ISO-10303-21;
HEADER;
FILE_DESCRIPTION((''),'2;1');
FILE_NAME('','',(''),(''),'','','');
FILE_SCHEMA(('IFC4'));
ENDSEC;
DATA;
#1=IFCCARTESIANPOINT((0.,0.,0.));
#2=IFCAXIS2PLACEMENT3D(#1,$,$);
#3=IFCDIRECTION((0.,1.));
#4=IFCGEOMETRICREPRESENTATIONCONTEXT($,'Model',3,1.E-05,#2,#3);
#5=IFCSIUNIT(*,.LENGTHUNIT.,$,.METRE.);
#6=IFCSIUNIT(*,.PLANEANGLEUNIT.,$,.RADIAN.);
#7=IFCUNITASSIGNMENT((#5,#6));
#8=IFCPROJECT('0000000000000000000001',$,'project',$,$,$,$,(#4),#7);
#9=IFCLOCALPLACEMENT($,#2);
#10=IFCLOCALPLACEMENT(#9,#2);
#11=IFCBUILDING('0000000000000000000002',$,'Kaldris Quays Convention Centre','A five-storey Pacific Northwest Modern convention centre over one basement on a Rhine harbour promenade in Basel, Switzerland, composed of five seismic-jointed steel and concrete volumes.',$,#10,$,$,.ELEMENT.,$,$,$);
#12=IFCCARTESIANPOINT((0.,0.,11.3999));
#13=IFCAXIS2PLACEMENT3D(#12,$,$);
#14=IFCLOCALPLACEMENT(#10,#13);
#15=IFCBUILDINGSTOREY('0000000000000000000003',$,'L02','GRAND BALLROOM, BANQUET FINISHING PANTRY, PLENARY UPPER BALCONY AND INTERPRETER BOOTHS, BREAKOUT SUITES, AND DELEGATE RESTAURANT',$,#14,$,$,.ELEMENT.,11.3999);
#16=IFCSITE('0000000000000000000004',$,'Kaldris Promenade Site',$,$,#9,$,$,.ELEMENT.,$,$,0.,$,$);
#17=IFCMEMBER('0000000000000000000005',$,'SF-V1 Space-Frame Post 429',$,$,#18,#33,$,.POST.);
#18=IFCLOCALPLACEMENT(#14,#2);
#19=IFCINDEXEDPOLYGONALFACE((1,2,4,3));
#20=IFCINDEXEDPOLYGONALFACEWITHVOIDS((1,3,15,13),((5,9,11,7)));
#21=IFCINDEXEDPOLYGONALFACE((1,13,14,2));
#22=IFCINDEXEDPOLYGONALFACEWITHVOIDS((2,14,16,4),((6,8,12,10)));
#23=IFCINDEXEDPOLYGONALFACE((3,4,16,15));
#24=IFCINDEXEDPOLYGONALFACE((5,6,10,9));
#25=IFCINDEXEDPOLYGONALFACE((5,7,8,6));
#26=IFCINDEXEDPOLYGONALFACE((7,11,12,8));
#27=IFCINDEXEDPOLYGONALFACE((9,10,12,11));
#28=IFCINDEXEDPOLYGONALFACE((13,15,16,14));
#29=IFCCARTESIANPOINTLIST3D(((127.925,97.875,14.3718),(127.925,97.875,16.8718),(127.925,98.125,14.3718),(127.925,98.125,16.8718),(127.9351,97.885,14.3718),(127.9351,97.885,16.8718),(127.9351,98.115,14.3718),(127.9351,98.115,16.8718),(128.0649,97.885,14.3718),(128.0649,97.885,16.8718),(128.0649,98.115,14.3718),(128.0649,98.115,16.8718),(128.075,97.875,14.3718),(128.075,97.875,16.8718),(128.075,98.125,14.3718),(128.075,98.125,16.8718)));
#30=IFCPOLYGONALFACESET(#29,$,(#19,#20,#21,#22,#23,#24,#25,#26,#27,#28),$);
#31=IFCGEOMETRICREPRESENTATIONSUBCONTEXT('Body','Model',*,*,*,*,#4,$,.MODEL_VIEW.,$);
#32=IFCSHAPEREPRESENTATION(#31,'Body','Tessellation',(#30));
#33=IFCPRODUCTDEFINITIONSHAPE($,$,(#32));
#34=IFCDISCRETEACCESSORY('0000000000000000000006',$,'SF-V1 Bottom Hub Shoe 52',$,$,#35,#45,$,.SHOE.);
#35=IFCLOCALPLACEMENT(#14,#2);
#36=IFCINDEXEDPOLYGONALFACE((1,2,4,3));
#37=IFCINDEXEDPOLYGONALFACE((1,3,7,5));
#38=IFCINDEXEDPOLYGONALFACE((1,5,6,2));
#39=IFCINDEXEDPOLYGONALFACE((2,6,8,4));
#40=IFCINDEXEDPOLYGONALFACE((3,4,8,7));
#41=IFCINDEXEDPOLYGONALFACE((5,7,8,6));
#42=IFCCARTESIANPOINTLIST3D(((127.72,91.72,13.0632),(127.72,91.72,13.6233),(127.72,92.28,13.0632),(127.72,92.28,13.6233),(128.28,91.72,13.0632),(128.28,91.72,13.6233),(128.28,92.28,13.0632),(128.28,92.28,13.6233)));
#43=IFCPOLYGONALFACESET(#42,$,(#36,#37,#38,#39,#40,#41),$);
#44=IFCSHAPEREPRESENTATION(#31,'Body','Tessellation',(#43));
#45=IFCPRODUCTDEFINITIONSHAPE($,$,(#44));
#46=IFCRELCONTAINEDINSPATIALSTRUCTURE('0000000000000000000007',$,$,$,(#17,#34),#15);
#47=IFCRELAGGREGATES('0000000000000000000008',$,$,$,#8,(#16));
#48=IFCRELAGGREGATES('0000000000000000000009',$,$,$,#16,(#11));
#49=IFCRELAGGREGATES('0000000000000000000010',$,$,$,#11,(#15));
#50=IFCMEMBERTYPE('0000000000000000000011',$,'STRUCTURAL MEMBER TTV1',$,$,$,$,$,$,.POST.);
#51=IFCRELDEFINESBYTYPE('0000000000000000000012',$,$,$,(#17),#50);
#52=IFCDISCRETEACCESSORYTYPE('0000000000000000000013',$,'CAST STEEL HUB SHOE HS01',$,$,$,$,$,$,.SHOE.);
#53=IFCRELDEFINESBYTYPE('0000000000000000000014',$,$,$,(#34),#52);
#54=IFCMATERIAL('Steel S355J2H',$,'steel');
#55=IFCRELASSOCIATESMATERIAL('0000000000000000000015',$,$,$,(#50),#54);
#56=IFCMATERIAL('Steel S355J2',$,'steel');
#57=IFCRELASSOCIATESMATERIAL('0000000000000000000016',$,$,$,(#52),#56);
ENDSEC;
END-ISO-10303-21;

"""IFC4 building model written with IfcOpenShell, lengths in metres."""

from ifc_helpers import new_model, si_unit, direction, frame, origin, origin_2d, place, context, subcontext, project, spatial, rectangle, hollow_rectangle, extrude, material, material_profile, profile_set, type_object, element, save


model = new_model("IFC4")

# Units and contexts
model_context = context("Model", 3, precision=1e-05, world=origin(), true_north=direction((0.0, 1.0)))
body_context = subcontext(model_context, "Body", "Model", "MODEL_VIEW")
ifc_project = project(units=[si_unit("LENGTHUNIT", "METRE"), si_unit("PLANEANGLEUNIT", "RADIAN")], contexts=[model_context])

# Site, building, storey
site_placement = place(None, origin())
site = spatial("IfcSite", under=ifc_project, at=site_placement, Name="Kaldris Promenade Site", CompositionType="ELEMENT", RefElevation=0.0)
building_placement = place(site_placement, origin())
building = spatial("IfcBuilding", under=site, at=building_placement, Name="Kaldris Quays Convention Centre", Description="A five-storey Pacific Northwest Modern convention centre over one basement on a Rhine harbour promenade in Basel, Switzerland, composed of five seismic-jointed steel and concrete volumes.", CompositionType="ELEMENT")
storey_placement = place(building_placement, frame((0.0, 0.0, 11.3999)))
storey = spatial("IfcBuildingStorey", under=building, at=storey_placement, Name="L02", Description="GRAND BALLROOM, BANQUET FINISHING PANTRY, PLENARY UPPER BALCONY AND INTERPRETER BOOTHS, BREAKOUT SUITES, AND DELEGATE RESTAURANT", CompositionType="ELEMENT", Elevation=11.3999)

# Member
ifc_material_1 = material(Name="Steel S355J2H", Category="steel")
ifc_material_profile_1 = material_profile(ifc_material_1, hollow_rectangle(XDim=0.1499, YDim=0.25, WallThickness=0.01, at=origin_2d()), Name="RHS 250x150x10")
ifc_profile_set_1 = profile_set([ifc_material_profile_1], Name="Steel S355J2H")
member_type_1 = type_object("IfcMemberType", Name="STRUCTURAL MEMBER TTV1", PredefinedType="POST", material=ifc_profile_set_1)
for number, where, z_axis, x_axis, name in (
    (1, (128.0, 98.0, 14.3718), (0.0, 0.0, 1.0), (1.0, 0.0, 0.0), "SF-V1 Space-Frame Post 429"),
):
    element("IfcMember", number, at=place(storey_placement, frame(where, z_axis=z_axis, x_axis=x_axis)), inside=storey, type_object=member_type_1, Name=name, PredefinedType="POST", context=body_context, shape_type="SweptSolid", body=[
        extrude(hollow_rectangle(XDim=0.1499, YDim=0.25, WallThickness=0.01, at=origin_2d()), origin(), (0.0, 0.0, 1.0), 2.5),
    ])

# Discrete accessory
ifc_material_2 = material(Name="Steel S355J2", Category="steel")
discrete_accessory_type = type_object("IfcDiscreteAccessoryType", Name="CAST STEEL HUB SHOE HS01", PredefinedType="SHOE", material=ifc_material_2)
discrete_accessory_placement = place(storey_placement, frame((128.0, 92.0, 13.0632), z_axis=(0.0, 0.0, 1.0), x_axis=(1.0, 0.0, 0.0)))
element("IfcDiscreteAccessory", 2, at=discrete_accessory_placement, inside=storey, type_object=discrete_accessory_type, Name="SF-V1 Bottom Hub Shoe 52", PredefinedType="SHOE", context=body_context, shape_type="SweptSolid", body=[
    extrude(rectangle(XDim=0.5601, YDim=0.5601, at=origin_2d()), origin(), (0.0, 0.0, 1.0), 0.5601),
])

save(model, "model.ifc")
